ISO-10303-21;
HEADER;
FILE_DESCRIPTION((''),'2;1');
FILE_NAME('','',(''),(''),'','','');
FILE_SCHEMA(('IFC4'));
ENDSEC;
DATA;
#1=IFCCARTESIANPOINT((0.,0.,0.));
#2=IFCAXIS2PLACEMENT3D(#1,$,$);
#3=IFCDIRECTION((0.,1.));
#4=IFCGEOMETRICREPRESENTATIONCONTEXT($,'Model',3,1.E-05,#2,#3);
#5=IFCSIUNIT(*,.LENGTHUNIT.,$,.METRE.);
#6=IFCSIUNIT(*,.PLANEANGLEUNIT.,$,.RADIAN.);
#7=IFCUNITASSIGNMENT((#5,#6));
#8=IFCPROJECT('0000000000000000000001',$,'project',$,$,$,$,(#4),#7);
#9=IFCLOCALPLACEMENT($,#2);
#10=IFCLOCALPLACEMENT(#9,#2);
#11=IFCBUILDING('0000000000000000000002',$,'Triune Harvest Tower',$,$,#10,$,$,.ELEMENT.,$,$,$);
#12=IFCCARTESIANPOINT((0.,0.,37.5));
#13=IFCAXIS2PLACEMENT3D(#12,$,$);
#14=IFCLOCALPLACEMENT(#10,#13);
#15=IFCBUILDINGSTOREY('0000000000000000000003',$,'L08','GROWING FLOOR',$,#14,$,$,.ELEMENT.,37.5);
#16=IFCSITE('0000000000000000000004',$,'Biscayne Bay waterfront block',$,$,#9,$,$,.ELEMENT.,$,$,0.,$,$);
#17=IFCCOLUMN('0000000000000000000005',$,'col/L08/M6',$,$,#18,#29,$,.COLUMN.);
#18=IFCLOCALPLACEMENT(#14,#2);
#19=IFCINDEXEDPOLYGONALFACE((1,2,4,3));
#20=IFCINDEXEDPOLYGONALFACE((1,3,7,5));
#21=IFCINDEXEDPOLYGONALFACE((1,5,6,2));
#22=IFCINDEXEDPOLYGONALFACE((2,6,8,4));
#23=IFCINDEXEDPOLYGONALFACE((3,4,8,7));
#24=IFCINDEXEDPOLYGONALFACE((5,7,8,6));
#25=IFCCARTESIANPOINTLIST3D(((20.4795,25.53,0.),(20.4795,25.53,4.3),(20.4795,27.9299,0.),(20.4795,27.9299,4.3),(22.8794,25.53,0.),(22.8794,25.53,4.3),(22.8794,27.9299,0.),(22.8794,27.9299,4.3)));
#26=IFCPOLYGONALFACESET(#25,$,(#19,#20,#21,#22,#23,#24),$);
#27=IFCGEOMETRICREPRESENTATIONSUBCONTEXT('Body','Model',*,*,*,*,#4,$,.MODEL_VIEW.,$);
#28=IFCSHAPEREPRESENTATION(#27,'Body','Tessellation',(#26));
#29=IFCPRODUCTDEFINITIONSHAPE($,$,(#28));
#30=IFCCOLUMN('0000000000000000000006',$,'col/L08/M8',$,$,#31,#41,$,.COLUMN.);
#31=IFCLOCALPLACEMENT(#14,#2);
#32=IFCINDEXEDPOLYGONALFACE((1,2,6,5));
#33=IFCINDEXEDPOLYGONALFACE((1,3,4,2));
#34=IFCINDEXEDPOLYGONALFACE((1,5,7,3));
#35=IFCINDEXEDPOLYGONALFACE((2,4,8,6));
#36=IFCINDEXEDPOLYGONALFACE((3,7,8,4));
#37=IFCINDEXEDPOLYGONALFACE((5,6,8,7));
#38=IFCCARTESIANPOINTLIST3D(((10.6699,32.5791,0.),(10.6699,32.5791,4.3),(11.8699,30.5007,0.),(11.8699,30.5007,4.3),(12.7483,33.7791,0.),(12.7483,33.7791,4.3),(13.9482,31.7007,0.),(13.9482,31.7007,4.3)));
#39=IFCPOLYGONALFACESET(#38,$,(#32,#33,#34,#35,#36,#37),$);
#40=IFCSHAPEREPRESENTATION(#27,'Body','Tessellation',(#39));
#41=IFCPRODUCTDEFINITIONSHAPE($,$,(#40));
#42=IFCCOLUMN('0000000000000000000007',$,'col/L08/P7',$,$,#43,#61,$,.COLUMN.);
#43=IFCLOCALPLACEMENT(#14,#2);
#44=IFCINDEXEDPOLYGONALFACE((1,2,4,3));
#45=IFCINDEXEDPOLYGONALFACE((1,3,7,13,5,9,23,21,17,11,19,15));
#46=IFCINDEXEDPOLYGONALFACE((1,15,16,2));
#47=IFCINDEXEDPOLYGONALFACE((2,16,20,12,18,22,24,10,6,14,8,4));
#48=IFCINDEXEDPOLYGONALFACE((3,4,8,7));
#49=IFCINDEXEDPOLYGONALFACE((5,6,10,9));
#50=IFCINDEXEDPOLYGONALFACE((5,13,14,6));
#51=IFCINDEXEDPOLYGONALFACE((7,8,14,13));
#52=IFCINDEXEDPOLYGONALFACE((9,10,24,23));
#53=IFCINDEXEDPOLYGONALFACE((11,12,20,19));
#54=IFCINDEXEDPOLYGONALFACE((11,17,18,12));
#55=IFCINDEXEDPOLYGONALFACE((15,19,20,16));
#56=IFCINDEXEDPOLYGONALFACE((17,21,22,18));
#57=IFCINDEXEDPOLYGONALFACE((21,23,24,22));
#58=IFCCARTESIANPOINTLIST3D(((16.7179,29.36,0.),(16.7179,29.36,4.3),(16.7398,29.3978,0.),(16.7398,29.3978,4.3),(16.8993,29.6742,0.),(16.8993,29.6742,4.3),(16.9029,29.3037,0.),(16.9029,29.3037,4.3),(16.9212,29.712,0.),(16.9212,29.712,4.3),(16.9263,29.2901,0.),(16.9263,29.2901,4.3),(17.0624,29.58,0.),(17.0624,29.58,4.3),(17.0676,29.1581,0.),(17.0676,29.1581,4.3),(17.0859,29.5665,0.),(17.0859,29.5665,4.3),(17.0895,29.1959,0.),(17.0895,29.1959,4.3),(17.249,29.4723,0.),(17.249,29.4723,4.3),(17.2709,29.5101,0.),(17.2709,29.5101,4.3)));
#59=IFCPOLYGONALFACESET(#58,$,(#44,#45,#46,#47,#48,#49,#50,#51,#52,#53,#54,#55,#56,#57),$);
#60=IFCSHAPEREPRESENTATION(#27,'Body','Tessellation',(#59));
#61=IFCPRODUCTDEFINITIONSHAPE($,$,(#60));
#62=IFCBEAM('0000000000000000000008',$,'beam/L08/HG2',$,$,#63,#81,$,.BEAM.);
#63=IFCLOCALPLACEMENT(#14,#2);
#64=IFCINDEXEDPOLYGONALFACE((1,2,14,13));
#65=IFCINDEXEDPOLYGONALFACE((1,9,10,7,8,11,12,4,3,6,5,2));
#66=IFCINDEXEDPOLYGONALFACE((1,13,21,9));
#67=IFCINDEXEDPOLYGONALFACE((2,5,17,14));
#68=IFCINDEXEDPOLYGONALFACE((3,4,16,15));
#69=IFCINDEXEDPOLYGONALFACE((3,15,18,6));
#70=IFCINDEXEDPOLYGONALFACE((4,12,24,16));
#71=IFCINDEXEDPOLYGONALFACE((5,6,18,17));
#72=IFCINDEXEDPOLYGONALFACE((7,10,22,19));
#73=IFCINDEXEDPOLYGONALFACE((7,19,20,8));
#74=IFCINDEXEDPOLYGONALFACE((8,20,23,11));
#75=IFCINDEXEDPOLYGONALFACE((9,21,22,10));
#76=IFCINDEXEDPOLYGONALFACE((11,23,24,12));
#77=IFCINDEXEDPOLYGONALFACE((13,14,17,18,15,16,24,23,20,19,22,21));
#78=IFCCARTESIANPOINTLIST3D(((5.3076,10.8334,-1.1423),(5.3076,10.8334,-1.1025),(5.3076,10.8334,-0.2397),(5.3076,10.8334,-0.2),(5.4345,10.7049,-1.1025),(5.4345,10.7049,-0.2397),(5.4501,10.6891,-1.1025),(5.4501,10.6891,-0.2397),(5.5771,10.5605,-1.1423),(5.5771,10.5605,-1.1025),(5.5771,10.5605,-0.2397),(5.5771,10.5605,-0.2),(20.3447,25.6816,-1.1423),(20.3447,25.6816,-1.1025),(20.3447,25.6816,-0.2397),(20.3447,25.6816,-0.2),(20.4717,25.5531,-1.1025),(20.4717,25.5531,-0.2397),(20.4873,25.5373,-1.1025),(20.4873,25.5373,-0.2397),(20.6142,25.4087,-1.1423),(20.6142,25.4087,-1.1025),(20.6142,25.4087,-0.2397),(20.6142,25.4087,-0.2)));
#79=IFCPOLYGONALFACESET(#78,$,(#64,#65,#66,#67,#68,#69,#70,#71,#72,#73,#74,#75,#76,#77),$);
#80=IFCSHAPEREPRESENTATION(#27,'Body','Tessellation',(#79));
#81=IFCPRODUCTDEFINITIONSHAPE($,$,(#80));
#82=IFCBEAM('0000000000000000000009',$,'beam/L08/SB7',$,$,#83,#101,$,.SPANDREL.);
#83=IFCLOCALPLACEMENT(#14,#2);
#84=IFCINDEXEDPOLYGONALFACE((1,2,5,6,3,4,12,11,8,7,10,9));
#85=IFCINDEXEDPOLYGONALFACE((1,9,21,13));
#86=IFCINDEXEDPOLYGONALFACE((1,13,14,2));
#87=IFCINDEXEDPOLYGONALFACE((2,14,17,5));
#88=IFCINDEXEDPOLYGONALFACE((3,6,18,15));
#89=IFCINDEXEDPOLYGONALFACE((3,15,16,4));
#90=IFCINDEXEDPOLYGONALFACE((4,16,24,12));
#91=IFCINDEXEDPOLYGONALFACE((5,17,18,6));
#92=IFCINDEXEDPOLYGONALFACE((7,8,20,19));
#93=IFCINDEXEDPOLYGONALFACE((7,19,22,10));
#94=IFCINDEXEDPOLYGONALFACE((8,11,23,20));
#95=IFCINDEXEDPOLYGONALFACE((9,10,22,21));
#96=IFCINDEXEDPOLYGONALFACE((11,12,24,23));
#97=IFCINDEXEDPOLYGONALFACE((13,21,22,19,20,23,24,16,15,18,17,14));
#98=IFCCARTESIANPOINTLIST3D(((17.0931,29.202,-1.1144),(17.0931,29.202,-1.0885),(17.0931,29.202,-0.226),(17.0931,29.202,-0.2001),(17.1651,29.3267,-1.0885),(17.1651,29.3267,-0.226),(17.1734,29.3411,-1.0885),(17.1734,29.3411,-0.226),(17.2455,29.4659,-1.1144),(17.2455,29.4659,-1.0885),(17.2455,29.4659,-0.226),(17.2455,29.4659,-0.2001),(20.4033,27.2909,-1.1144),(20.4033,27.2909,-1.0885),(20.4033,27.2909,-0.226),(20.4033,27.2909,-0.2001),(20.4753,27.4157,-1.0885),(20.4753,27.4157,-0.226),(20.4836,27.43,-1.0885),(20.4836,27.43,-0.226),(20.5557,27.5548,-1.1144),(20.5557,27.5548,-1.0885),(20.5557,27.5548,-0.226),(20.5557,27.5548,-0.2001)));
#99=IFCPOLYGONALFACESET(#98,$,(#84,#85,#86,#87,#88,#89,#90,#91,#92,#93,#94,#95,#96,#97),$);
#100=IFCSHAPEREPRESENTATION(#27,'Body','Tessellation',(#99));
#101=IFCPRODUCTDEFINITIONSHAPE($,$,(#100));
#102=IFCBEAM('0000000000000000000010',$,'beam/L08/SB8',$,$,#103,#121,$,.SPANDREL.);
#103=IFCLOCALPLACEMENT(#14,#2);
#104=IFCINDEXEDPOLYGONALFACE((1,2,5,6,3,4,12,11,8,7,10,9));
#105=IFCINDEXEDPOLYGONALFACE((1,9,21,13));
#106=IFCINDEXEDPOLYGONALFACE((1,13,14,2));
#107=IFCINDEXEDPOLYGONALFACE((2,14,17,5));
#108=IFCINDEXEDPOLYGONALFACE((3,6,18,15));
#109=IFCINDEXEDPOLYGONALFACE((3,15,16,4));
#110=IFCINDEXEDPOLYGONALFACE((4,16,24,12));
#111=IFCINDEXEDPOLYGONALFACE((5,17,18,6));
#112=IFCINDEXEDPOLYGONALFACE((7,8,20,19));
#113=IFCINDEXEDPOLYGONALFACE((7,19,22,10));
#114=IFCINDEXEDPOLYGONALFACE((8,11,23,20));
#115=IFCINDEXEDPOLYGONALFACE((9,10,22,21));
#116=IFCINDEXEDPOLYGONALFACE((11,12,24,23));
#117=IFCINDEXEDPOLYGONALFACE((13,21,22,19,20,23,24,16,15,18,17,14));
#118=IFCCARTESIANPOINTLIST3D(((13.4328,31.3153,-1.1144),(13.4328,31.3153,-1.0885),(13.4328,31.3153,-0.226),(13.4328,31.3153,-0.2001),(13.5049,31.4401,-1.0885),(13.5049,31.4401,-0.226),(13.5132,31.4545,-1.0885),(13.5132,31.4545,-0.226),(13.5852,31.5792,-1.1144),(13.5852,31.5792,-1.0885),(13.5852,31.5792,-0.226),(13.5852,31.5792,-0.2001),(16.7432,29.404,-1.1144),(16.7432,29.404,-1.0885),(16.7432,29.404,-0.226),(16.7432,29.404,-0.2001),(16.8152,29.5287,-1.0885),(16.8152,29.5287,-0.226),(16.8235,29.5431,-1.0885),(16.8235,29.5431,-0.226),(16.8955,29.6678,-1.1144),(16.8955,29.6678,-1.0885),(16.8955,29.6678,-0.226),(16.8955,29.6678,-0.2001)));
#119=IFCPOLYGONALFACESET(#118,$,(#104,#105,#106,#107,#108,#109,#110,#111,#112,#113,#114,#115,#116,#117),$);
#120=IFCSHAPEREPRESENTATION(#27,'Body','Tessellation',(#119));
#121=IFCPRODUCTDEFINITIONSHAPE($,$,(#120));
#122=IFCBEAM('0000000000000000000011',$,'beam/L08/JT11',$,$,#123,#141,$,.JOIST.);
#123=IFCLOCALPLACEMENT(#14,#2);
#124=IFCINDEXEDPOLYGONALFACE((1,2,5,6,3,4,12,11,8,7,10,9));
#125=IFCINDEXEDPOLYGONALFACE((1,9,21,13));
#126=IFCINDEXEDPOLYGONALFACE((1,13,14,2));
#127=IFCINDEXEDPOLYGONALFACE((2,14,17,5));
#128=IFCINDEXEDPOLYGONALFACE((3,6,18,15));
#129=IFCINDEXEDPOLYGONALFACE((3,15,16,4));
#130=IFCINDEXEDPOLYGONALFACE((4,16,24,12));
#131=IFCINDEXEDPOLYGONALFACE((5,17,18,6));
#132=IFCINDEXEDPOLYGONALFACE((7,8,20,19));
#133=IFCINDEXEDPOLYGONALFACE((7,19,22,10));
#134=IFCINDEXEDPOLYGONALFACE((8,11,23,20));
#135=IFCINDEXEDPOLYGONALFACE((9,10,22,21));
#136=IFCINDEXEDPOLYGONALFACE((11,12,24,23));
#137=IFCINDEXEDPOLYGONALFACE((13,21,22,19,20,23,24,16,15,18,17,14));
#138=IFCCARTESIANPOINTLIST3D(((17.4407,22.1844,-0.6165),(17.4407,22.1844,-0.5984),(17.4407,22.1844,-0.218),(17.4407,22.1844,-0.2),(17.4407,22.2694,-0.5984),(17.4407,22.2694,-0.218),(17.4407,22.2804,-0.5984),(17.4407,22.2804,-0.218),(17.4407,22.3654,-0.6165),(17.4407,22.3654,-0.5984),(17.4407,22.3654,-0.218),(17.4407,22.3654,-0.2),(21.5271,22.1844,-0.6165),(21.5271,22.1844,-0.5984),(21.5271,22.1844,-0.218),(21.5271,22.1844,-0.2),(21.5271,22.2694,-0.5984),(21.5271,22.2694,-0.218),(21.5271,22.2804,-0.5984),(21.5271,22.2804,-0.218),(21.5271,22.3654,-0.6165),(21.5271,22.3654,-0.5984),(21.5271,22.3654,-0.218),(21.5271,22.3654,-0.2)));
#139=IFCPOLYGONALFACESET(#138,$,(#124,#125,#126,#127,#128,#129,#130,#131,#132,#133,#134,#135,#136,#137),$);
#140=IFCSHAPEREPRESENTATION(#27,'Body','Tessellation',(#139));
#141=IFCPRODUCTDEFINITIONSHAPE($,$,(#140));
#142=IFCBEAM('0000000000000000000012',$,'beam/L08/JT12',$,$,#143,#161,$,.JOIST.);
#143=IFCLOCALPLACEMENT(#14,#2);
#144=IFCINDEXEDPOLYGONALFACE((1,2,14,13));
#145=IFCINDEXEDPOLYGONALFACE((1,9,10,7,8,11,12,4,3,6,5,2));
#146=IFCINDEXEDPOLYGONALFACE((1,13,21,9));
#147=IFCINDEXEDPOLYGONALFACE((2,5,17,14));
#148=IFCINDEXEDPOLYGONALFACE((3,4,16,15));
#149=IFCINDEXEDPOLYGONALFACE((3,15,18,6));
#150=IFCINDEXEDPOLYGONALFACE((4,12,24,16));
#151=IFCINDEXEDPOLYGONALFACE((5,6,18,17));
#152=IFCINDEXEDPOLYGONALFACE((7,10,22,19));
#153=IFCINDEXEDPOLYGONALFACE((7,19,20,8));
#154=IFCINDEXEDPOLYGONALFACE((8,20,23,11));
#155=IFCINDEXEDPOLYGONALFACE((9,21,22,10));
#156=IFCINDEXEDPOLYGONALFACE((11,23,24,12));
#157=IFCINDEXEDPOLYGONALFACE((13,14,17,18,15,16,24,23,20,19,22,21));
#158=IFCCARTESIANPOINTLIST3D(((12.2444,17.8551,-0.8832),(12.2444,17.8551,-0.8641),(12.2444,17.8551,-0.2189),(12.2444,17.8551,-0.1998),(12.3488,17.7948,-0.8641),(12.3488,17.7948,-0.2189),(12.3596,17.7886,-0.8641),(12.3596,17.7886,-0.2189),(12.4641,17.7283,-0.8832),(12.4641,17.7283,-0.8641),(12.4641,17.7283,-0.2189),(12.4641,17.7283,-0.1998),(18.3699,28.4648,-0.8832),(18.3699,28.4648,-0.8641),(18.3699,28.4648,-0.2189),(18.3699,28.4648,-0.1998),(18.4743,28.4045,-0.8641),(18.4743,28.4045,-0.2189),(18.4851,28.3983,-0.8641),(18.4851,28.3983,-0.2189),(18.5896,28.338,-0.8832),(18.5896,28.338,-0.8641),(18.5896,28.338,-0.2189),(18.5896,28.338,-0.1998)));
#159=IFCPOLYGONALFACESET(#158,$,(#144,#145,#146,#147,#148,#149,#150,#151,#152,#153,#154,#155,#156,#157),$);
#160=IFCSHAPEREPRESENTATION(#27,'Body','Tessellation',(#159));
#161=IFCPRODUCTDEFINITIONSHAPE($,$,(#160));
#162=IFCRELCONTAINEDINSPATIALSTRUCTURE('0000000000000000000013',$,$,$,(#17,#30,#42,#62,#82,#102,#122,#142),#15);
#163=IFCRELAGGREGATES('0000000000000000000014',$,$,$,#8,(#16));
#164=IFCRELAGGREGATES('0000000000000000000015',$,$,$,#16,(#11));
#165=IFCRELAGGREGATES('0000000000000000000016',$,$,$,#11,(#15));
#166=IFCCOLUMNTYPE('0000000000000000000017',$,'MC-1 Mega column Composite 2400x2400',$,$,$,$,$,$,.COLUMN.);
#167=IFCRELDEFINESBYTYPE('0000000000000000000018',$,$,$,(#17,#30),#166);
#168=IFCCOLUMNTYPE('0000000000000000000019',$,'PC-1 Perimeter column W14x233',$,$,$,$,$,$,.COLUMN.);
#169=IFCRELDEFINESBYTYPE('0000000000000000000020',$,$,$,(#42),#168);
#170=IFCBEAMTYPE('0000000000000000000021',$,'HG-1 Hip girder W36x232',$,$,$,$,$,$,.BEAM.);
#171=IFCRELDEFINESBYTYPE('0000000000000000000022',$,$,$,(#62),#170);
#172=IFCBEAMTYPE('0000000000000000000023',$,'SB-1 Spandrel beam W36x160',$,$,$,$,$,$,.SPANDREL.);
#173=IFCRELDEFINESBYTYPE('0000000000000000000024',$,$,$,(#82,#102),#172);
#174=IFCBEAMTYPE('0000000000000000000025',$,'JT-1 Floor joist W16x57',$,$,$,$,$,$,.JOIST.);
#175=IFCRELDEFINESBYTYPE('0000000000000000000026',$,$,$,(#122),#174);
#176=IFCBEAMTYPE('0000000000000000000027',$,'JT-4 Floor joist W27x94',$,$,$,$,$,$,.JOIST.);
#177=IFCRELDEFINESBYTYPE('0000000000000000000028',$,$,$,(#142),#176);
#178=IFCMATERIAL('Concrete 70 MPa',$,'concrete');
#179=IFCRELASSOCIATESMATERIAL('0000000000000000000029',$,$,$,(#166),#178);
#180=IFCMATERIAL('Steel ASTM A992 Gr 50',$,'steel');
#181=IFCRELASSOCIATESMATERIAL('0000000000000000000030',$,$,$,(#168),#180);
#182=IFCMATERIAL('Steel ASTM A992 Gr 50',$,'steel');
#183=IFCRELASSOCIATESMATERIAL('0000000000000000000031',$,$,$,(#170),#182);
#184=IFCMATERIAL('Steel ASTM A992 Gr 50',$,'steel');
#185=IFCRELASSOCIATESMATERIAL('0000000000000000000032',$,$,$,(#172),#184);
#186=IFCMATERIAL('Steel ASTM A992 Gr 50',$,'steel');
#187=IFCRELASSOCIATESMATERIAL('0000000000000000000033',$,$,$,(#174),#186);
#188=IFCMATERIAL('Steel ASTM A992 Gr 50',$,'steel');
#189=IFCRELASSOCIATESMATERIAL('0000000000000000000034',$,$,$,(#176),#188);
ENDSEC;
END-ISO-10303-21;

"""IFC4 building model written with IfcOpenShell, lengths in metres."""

from ifc_helpers import new_model, si_unit, direction, frame, origin, origin_2d, place, context, subcontext, project, spatial, rectangle, i_section, extrude, source, transform, mapped, material, material_profile, profile_set, type_object, element, save


model = new_model("IFC4")

# Units and contexts
model_context = context("Model", 3, precision=1e-05, world=origin(), true_north=direction((0.0, 1.0)))
body_context = subcontext(model_context, "Body", "Model", "MODEL_VIEW")
ifc_project = project(units=[si_unit("LENGTHUNIT", "METRE"), si_unit("PLANEANGLEUNIT", "RADIAN")], contexts=[model_context])

# Site, building, storey
site_placement = place(None, origin())
site = spatial("IfcSite", under=ifc_project, at=site_placement, Name="Biscayne Bay waterfront block", CompositionType="ELEMENT", RefElevation=0.0)
building_placement = place(site_placement, origin())
building = spatial("IfcBuilding", under=site, at=building_placement, Name="Triune Harvest Tower", CompositionType="ELEMENT")
storey_placement = place(building_placement, frame((0.0, 0.0, 37.5)))
storey = spatial("IfcBuildingStorey", under=building, at=storey_placement, Name="L08", Description="GROWING FLOOR", CompositionType="ELEMENT", Elevation=37.5)

# Columns
ifc_material_1 = material(Name="Concrete 70 MPa", Category="concrete")
ifc_material_profile_1 = material_profile(ifc_material_1, rectangle(XDim=2.3999, YDim=2.3999, at=origin_2d()), Name="Composite 2400x2400")
ifc_profile_set_1 = profile_set([ifc_material_profile_1], Name="Concrete 70 MPa")
column_type_1 = type_object("IfcColumnType", Name="MC-1 Mega column Composite 2400x2400", PredefinedType="COLUMN", material=ifc_profile_set_1)
shared_shape_1 = source(origin(), body_context, "Body", "SweptSolid", [
    extrude(rectangle(XDim=2.3999, YDim=2.3999, at=origin_2d()), origin(), (0.0, 0.0, 1.0), 4.3),
])
for number, where, z_axis, x_axis, name in (
    (1, (21.6794, 26.73, 0.0), (0.0, 0.0, 1.0), (0.0, 1.0, 0.0), "col/L08/M6"),
    (2, (12.3091, 32.1399, 0.0), (0.0, 0.0, 1.0), (-0.866025, -0.5, 0.0), "col/L08/M8"),
):
    element("IfcColumn", number, at=place(storey_placement, frame(where, z_axis=z_axis, x_axis=x_axis)), inside=storey, type_object=column_type_1, Name=name, PredefinedType="COLUMN", context=body_context, shape_type="MappedRepresentation", body=[
        mapped(shared_shape_1, transform((0.0, 0.0, 0.0), scale=1.0)),
    ])
ifc_material_2 = material(Name="Steel ASTM A992 Gr 50", Category="steel")
ifc_material_profile_2 = material_profile(ifc_material_2, i_section(OverallWidth=0.4038, OverallDepth=0.4065, WebThickness=0.0271, FlangeThickness=0.0437, at=origin_2d()), Name="W14x233")
ifc_profile_set_2 = profile_set([ifc_material_profile_2], Name="Steel ASTM A992 Gr 50")
column_type_2 = type_object("IfcColumnType", Name="PC-1 Perimeter column W14x233", PredefinedType="COLUMN", material=ifc_profile_set_2)
shared_shape_2 = source(origin(), body_context, "Body", "SweptSolid", [
    extrude(i_section(OverallWidth=0.4038, OverallDepth=0.4065, WebThickness=0.0271, FlangeThickness=0.0437, at=origin_2d()), origin(), (0.0, 0.0, 1.0), 4.3),
])
column_placement = place(storey_placement, frame((16.9944, 29.4351, 0.0), z_axis=(0.0, 0.0, 1.0), x_axis=(-0.866026, 0.499998, 0.0)))
element("IfcColumn", 3, at=column_placement, inside=storey, type_object=column_type_2, Name="col/L08/P7", PredefinedType="COLUMN", context=body_context, shape_type="MappedRepresentation", body=[
    mapped(shared_shape_2, transform((0.0, 0.0, 0.0), scale=1.0)),
])

# Beams
ifc_material_3 = material(Name="Steel ASTM A992 Gr 50", Category="steel")
ifc_material_profile_3 = material_profile(ifc_material_3, i_section(OverallWidth=0.3835, OverallDepth=0.9424, WebThickness=0.0222, FlangeThickness=0.0398, at=origin_2d()), Name="W36x232")
ifc_profile_set_3 = profile_set([ifc_material_profile_3], Name="Steel ASTM A992 Gr 50")
beam_type_1 = type_object("IfcBeamType", Name="HG-1 Hip girder W36x232", PredefinedType="BEAM", material=ifc_profile_set_3)
shared_shape_3 = source(origin(), body_context, "Body", "SweptSolid", [
    extrude(i_section(OverallWidth=0.3835, OverallDepth=0.9424, WebThickness=0.0222, FlangeThickness=0.0398, at=origin_2d()), origin(), (0.0, 0.0, 1.0), 21.1326),
])
beam_1_placement = place(storey_placement, frame((20.4795, 25.5452, -0.6711), z_axis=(-0.711564, -0.702622, 0.0), x_axis=(0.702622, -0.711564, 0.0)))
element("IfcBeam", 4, at=beam_1_placement, inside=storey, type_object=beam_type_1, Name="beam/L08/HG2", PredefinedType="BEAM", context=body_context, shape_type="MappedRepresentation", body=[
    mapped(shared_shape_3, transform((0.0, 0.0, 0.0), scale=1.0)),
])
ifc_material_4 = material(Name="Steel ASTM A992 Gr 50", Category="steel")
ifc_material_profile_4 = material_profile(ifc_material_4, i_section(OverallWidth=0.3047, OverallDepth=0.9143, WebThickness=0.0166, FlangeThickness=0.0259, at=origin_2d()), Name="W36x160")
ifc_profile_set_4 = profile_set([ifc_material_profile_4], Name="Steel ASTM A992 Gr 50")
beam_type_2 = type_object("IfcBeamType", Name="SB-1 Spandrel beam W36x160", PredefinedType="SPANDREL", material=ifc_profile_set_4)
shared_shape_4 = source(origin(), body_context, "Body", "SweptSolid", [
    extrude(i_section(OverallWidth=0.3047, OverallDepth=0.9143, WebThickness=0.0166, FlangeThickness=0.0259, at=origin_2d()), origin(), (0.0, 0.0, 1.0), 3.8223),
])
beam_2_placement = place(storey_placement, frame((20.4795, 27.4229, -0.6572), z_axis=(-0.866033, 0.499986, 0.0), x_axis=(-0.499986, -0.866033, 0.0)))
element("IfcBeam", 5, at=beam_2_placement, inside=storey, type_object=beam_type_2, Name="beam/L08/SB7", PredefinedType="SPANDREL", context=body_context, shape_type="MappedRepresentation", body=[
    mapped(shared_shape_4, transform((0.0, 0.0, 0.0), scale=1.0)),
])
shared_shape_5 = source(origin(), body_context, "Body", "SweptSolid", [
    extrude(i_section(OverallWidth=0.3047, OverallDepth=0.9143, WebThickness=0.0166, FlangeThickness=0.0259, at=origin_2d()), origin(), (0.0, 0.0, 1.0), 3.8225),
])
beam_3_placement = place(storey_placement, frame((16.8193, 29.5359, -0.6572), z_axis=(-0.866006, 0.500034, 0.0), x_axis=(-0.500034, -0.866006, 0.0)))
element("IfcBeam", 6, at=beam_3_placement, inside=storey, type_object=beam_type_2, Name="beam/L08/SB8", PredefinedType="SPANDREL", context=body_context, shape_type="MappedRepresentation", body=[
    mapped(shared_shape_5, transform((0.0, 0.0, 0.0), scale=1.0)),
])
ifc_material_5 = material(Name="Steel ASTM A992 Gr 50", Category="steel")
ifc_material_profile_5 = material_profile(ifc_material_5, i_section(OverallWidth=0.1809, OverallDepth=0.4165, WebThickness=0.011, FlangeThickness=0.0181, at=origin_2d()), Name="W16x57")
ifc_profile_set_5 = profile_set([ifc_material_profile_5], Name="Steel ASTM A992 Gr 50")
beam_type_3 = type_object("IfcBeamType", Name="JT-1 Floor joist W16x57", PredefinedType="JOIST", material=ifc_profile_set_5)
shared_shape_6 = source(origin(), body_context, "Body", "SweptSolid", [
    extrude(i_section(OverallWidth=0.1809, OverallDepth=0.4165, WebThickness=0.011, FlangeThickness=0.0181, at=origin_2d()), origin(), (0.0, 0.0, 1.0), 4.0864),
])
beam_4_placement = place(storey_placement, frame((21.5271, 22.2749, -0.4082), z_axis=(-1.0, 0.0, 0.0), x_axis=(0.0, -1.0, 0.0)))
element("IfcBeam", 7, at=beam_4_placement, inside=storey, type_object=beam_type_3, Name="beam/L08/JT11", PredefinedType="JOIST", context=body_context, shape_type="MappedRepresentation", body=[
    mapped(shared_shape_6, transform((0.0, 0.0, 0.0), scale=1.0)),
])
ifc_material_6 = material(Name="Steel ASTM A992 Gr 50", Category="steel")
ifc_material_profile_6 = material_profile(ifc_material_6, i_section(OverallWidth=0.2537, OverallDepth=0.6833, WebThickness=0.0125, FlangeThickness=0.019, at=origin_2d()), Name="W27x94")
ifc_profile_set_6 = profile_set([ifc_material_profile_6], Name="Steel ASTM A992 Gr 50")
beam_type_4 = type_object("IfcBeamType", Name="JT-4 Floor joist W27x94", PredefinedType="JOIST", material=ifc_profile_set_6)
shared_shape_7 = source(origin(), body_context, "Body", "SweptSolid", [
    extrude(i_section(OverallWidth=0.2537, OverallDepth=0.6833, WebThickness=0.0125, FlangeThickness=0.019, at=origin_2d()), origin(), (0.0, 0.0, 1.0), 12.251),
])
beam_5_placement = place(storey_placement, frame((18.4797, 28.4014, -0.5415), z_axis=(-0.500001, -0.866025, 0.0), x_axis=(0.866025, -0.500001, 0.0)))
element("IfcBeam", 8, at=beam_5_placement, inside=storey, type_object=beam_type_4, Name="beam/L08/JT12", PredefinedType="JOIST", context=body_context, shape_type="MappedRepresentation", body=[
    mapped(shared_shape_7, transform((0.0, 0.0, 0.0), scale=1.0)),
])

save(model, "model.ifc")
